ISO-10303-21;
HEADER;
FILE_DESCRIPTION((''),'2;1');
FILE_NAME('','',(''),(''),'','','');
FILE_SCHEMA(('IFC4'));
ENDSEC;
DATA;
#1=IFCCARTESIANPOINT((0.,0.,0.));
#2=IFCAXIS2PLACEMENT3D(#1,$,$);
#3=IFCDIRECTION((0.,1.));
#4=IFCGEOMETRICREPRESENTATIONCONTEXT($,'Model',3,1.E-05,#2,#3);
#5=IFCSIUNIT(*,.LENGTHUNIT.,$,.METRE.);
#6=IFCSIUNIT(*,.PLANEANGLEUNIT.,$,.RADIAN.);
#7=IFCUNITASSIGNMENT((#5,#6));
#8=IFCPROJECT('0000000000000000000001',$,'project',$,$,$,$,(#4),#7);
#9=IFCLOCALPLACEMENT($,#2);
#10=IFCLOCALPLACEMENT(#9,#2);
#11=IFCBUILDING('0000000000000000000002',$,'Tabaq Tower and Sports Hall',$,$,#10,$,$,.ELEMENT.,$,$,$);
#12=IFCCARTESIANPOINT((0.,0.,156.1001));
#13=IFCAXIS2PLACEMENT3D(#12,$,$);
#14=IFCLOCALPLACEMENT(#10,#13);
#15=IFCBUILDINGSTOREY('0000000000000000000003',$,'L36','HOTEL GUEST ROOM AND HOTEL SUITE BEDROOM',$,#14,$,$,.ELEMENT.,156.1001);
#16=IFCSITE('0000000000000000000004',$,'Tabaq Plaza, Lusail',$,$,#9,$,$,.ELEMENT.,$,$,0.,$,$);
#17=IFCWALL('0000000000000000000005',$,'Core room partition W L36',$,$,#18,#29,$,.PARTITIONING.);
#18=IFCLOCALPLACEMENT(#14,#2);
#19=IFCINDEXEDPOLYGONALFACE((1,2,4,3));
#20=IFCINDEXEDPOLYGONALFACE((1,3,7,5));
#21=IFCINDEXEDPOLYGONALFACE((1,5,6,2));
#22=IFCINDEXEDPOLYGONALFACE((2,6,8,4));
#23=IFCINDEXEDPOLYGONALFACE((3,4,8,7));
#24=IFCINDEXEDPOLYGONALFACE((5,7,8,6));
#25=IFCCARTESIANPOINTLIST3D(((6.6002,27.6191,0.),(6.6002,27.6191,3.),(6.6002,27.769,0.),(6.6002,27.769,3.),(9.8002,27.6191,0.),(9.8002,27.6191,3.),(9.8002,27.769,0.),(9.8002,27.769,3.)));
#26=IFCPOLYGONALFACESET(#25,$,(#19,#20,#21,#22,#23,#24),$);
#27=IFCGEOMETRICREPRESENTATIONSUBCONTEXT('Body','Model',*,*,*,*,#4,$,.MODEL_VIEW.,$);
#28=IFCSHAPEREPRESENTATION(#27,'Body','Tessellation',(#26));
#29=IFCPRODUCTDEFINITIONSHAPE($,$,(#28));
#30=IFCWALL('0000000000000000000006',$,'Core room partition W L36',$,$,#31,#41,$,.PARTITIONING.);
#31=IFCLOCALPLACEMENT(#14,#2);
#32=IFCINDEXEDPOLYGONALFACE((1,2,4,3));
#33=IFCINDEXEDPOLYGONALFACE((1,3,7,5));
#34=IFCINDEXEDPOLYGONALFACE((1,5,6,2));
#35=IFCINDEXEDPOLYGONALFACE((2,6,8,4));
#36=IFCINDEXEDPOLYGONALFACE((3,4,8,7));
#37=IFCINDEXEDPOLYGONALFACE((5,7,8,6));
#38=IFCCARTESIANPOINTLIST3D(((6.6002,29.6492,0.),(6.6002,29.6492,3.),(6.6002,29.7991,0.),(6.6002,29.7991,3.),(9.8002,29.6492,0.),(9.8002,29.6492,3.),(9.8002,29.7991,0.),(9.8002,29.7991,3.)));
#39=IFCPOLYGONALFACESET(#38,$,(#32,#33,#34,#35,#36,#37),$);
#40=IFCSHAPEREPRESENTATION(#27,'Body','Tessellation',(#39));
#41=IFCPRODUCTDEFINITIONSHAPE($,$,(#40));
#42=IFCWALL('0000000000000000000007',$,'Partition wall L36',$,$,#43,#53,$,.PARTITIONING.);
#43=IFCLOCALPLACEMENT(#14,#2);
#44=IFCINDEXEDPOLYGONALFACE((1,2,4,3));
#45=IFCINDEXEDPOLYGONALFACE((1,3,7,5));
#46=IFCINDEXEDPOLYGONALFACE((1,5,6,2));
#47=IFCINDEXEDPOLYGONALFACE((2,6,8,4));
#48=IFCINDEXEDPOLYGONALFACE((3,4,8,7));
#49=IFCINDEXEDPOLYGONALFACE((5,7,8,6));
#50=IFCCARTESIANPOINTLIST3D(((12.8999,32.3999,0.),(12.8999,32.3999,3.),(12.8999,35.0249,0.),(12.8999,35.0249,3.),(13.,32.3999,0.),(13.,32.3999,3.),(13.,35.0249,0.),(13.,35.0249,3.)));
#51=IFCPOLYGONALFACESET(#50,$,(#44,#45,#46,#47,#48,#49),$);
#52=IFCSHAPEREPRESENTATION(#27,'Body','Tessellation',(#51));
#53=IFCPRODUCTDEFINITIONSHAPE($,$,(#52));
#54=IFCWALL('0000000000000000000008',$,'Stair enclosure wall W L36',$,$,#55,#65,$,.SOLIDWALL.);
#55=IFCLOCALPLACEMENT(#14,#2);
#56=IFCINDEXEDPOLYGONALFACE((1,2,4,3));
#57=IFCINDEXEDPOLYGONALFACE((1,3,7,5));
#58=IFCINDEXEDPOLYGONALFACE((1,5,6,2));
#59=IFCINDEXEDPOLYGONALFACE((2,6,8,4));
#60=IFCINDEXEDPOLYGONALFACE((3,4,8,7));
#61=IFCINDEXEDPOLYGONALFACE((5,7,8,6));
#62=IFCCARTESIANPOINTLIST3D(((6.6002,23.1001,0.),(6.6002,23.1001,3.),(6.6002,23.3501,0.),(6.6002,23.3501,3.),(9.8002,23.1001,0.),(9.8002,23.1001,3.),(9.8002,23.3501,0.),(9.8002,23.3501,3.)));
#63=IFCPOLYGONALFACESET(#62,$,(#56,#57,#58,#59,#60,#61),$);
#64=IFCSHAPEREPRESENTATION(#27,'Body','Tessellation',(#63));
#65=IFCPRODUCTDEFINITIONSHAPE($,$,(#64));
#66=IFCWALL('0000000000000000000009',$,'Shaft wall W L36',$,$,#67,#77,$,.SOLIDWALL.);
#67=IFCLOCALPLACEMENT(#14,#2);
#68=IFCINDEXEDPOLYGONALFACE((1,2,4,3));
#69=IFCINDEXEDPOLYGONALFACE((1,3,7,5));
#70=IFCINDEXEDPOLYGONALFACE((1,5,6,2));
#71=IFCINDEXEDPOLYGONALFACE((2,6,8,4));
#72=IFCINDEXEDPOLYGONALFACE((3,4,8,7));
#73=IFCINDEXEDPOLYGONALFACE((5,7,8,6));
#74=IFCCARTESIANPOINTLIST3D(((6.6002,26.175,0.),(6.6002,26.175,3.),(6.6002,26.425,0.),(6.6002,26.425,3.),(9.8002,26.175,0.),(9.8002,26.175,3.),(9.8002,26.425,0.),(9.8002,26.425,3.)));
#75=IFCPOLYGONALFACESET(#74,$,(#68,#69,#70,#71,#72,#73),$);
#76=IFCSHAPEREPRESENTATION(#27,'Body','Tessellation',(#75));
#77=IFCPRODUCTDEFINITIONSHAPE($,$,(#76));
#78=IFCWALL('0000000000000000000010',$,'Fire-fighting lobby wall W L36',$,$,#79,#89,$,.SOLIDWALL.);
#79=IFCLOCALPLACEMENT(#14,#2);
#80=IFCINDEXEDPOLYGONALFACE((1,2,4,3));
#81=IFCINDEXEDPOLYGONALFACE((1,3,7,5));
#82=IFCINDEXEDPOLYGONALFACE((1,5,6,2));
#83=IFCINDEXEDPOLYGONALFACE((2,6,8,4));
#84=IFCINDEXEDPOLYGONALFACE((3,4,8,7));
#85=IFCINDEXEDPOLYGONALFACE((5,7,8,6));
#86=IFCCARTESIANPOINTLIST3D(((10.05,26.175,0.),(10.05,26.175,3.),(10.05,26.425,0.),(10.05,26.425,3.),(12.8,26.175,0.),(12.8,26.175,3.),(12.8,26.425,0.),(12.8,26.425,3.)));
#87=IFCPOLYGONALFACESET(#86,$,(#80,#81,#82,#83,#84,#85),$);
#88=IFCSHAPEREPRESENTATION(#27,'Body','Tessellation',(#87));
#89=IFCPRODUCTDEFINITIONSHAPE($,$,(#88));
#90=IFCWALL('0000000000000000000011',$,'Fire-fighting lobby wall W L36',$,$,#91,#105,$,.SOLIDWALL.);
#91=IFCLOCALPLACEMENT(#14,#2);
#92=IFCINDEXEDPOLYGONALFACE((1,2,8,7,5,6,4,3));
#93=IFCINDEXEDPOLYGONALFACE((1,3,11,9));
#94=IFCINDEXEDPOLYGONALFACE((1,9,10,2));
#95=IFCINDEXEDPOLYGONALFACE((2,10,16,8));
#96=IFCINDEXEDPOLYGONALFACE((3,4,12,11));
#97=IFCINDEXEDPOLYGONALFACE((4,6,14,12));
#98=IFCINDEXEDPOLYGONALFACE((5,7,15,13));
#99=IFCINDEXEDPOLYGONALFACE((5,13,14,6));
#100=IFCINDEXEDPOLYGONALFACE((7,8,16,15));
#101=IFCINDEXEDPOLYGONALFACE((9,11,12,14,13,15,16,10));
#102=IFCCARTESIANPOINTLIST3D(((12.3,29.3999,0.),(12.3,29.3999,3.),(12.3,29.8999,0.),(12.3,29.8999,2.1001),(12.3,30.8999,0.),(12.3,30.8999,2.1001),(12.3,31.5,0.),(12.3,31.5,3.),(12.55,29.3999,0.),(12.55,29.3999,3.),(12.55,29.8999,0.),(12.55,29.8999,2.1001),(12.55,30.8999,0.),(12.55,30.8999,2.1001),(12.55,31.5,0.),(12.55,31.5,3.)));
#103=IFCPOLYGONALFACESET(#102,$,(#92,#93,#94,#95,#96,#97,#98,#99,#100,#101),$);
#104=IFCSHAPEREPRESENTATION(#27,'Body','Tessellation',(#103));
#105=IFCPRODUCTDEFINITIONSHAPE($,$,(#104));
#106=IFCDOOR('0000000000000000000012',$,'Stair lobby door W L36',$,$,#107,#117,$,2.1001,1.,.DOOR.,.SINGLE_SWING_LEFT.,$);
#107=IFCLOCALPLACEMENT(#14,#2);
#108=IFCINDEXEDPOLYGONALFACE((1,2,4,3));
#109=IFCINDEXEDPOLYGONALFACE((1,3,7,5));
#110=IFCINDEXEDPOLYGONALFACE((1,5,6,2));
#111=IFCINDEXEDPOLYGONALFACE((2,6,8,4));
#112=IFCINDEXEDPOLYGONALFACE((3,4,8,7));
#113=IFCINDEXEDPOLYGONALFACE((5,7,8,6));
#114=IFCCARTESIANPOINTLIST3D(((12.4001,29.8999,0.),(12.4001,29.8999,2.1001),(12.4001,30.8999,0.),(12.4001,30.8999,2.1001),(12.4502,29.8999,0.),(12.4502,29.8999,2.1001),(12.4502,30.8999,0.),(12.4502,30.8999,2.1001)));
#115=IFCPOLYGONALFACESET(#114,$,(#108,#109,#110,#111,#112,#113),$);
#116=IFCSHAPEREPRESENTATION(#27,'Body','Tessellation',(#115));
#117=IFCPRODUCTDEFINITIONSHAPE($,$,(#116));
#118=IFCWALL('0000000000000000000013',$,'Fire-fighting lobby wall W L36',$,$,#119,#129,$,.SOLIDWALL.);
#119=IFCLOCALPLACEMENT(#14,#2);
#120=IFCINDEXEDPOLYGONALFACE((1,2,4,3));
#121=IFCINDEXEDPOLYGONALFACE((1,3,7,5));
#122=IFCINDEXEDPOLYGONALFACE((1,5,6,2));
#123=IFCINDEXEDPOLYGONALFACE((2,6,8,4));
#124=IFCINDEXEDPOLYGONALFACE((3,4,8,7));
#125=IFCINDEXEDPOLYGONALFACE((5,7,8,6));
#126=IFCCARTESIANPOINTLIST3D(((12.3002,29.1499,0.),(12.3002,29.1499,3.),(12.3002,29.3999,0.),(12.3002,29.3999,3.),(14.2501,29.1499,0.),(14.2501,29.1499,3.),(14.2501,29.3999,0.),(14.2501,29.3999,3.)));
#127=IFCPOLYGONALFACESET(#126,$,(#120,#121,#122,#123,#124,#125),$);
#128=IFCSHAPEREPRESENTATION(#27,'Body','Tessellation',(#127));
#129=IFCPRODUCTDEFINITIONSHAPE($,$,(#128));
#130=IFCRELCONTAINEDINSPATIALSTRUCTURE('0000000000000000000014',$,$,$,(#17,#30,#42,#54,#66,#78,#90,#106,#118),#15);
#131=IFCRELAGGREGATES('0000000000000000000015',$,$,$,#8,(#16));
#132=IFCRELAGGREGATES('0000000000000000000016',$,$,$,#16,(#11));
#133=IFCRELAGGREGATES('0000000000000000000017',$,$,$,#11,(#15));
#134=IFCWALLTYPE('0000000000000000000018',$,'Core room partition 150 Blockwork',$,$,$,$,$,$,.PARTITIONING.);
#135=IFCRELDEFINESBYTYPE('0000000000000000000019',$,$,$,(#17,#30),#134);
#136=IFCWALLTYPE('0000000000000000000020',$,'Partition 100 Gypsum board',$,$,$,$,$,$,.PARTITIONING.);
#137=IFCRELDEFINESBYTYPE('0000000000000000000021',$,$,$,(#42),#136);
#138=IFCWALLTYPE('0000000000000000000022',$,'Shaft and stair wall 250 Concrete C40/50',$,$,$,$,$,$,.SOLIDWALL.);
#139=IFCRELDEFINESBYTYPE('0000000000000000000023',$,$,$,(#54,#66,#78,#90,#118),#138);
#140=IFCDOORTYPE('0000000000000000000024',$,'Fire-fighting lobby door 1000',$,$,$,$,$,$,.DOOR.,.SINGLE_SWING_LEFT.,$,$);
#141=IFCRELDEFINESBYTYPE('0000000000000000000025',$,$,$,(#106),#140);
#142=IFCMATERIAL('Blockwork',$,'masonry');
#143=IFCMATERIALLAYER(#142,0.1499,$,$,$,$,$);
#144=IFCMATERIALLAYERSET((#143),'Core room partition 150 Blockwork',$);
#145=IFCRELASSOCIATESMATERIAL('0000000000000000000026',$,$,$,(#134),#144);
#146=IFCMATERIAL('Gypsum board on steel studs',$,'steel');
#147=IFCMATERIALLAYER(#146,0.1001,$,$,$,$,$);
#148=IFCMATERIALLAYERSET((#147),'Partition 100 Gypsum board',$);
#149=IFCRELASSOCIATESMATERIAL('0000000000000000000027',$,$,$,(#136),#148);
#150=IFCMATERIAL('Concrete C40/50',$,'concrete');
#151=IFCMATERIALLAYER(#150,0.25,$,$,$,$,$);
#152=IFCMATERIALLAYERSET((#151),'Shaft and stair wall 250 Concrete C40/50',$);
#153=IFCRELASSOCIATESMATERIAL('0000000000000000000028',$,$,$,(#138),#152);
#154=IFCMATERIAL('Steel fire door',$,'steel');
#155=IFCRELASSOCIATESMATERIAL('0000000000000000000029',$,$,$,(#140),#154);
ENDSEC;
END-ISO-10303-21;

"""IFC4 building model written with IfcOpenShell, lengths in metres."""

from ifc_helpers import new_model, si_unit, direction, frame, frame_2d, origin, place, context, subcontext, project, spatial, rectangle, extrude, material, layer, layer_set, type_object, element, fill, save


model = new_model("IFC4")

# Units and contexts
model_context = context("Model", 3, precision=1e-05, world=origin(), true_north=direction((0.0, 1.0)))
body_context = subcontext(model_context, "Body", "Model", "MODEL_VIEW")
ifc_project = project(units=[si_unit("LENGTHUNIT", "METRE"), si_unit("PLANEANGLEUNIT", "RADIAN")], contexts=[model_context])

# Site, building, storey
site_placement = place(None, origin())
site = spatial("IfcSite", under=ifc_project, at=site_placement, Name="Tabaq Plaza, Lusail", CompositionType="ELEMENT", RefElevation=0.0)
building_placement = place(site_placement, origin())
building = spatial("IfcBuilding", under=site, at=building_placement, Name="Tabaq Tower and Sports Hall", CompositionType="ELEMENT")
storey_placement = place(building_placement, frame((0.0, 0.0, 156.1001)))
storey = spatial("IfcBuildingStorey", under=building, at=storey_placement, Name="L36", Description="HOTEL GUEST ROOM AND HOTEL SUITE BEDROOM", CompositionType="ELEMENT", Elevation=156.1001)

# Walls
ifc_material_1 = material(Name="Blockwork", Category="masonry")
ifc_layer_1 = layer(ifc_material_1, 0.1499)
ifc_layer_set_1 = layer_set([ifc_layer_1], Name="Core room partition 150 Blockwork")
wall_type_1 = type_object("IfcWallType", Name="Core room partition 150 Blockwork", PredefinedType="PARTITIONING", material=ifc_layer_set_1)
for number, where, z_axis, x_axis, name in (
    (1, (6.6001, 27.6941, 0.0), (0.0, 0.0, 1.0), (1.0, 0.0, 0.0), "Core room partition W L36"),
    (2, (6.6001, 29.7241, 0.0), (0.0, 0.0, 1.0), (1.0, 0.0, 0.0), "Core room partition W L36"),
):
    element("IfcWall", number, at=place(storey_placement, frame(where, z_axis=z_axis, x_axis=x_axis)), inside=storey, type_object=wall_type_1, Name=name, PredefinedType="PARTITIONING", context=body_context, shape_type="SweptSolid", body=[
        extrude(rectangle(XDim=3.2, YDim=0.1499, at=frame_2d((1.6001, 0.0))), origin(), (0.0, 0.0, 1.0), 3.0),
    ])

# Walls
ifc_material_2 = material(Name="Gypsum board on steel studs", Category="steel")
ifc_layer_2 = layer(ifc_material_2, 0.1001)
ifc_layer_set_2 = layer_set([ifc_layer_2], Name="Partition 100 Gypsum board")
wall_type_2 = type_object("IfcWallType", Name="Partition 100 Gypsum board", PredefinedType="PARTITIONING", material=ifc_layer_set_2)
wall_1_placement = place(storey_placement, frame((12.95, 32.3999, 0.0), z_axis=(0.0, 0.0, 1.0), x_axis=(0.0, 1.0, 0.0)))
element("IfcWall", 3, at=wall_1_placement, inside=storey, type_object=wall_type_2, Name="Partition wall L36", PredefinedType="PARTITIONING", context=body_context, shape_type="SweptSolid", body=[
    extrude(rectangle(XDim=2.625, YDim=0.1001, at=frame_2d((1.3125, 0.0))), origin(), (0.0, 0.0, 1.0), 3.0),
])
ifc_material_3 = material(Name="Concrete C40/50", Category="concrete")
ifc_layer_3 = layer(ifc_material_3, 0.25)
ifc_layer_set_3 = layer_set([ifc_layer_3], Name="Shaft and stair wall 250 Concrete C40/50")
wall_type_3 = type_object("IfcWallType", Name="Shaft and stair wall 250 Concrete C40/50", PredefinedType="SOLIDWALL", material=ifc_layer_set_3)
for number, where, z_axis, x_axis, name in (
    (4, (6.6001, 23.2251, 0.0), (0.0, 0.0, 1.0), (1.0, 0.0, 0.0), "Stair enclosure wall W L36"),
    (5, (6.6001, 26.3, 0.0), (0.0, 0.0, 1.0), (1.0, 0.0, 0.0), "Shaft wall W L36"),
):
    element("IfcWall", number, at=place(storey_placement, frame(where, z_axis=z_axis, x_axis=x_axis)), inside=storey, type_object=wall_type_3, Name=name, PredefinedType="SOLIDWALL", context=body_context, shape_type="SweptSolid", body=[
        extrude(rectangle(XDim=3.2, YDim=0.25, at=frame_2d((1.6001, 0.0))), origin(), (0.0, 0.0, 1.0), 3.0),
    ])
wall_2_placement = place(storey_placement, frame((10.05, 26.3, 0.0), z_axis=(0.0, 0.0, 1.0), x_axis=(1.0, 0.0, 0.0)))
element("IfcWall", 6, at=wall_2_placement, inside=storey, type_object=wall_type_3, Name="Fire-fighting lobby wall W L36", PredefinedType="SOLIDWALL", context=body_context, shape_type="SweptSolid", body=[
    extrude(rectangle(XDim=2.75, YDim=0.25, at=frame_2d((1.375, 0.0))), origin(), (0.0, 0.0, 1.0), 3.0),
])

# Wall, opening, door
wall_3_placement = place(storey_placement, frame((12.425, 29.3999, 0.0), z_axis=(0.0, 0.0, 1.0), x_axis=(0.0, 1.0, 0.0)))
wall_3 = element("IfcWall", 7, at=wall_3_placement, inside=storey, type_object=wall_type_3, Name="Fire-fighting lobby wall W L36", PredefinedType="SOLIDWALL", context=body_context, shape_type="SweptSolid", body=[
    extrude(rectangle(XDim=2.1001, YDim=0.25, at=frame_2d((1.05, 0.0))), origin(), (0.0, 0.0, 1.0), 3.0),
])
opening_1_placement = place(wall_3_placement, frame((0.5, 0.0, 0.0)))
opening_1 = element("IfcOpeningElement", 8, at=opening_1_placement, cuts=wall_3, PredefinedType="OPENING", context=body_context, shape_type="SweptSolid", body=[
    extrude(rectangle(XDim=1.0, YDim=2.1001, at=frame_2d((0.5, 1.05))), frame((0.0, 0.125, 0.0), z_axis=(0.0, -1.0, 0.0), x_axis=(1.0, 0.0, 0.0)), (0.0, 0.0, 1.0), 0.25),
])
ifc_material_4 = material(Name="Steel fire door", Category="steel")
door_type_1 = type_object("IfcDoorType", Name="Fire-fighting lobby door 1000", OperationType="SINGLE_SWING_LEFT", PredefinedType="DOOR", material=ifc_material_4)
door_1_placement = place(opening_1_placement, origin())
door_1 = element("IfcDoor", 9, at=door_1_placement, inside=storey, type_object=door_type_1, Name="Stair lobby door W L36", OperationType="SINGLE_SWING_LEFT", OverallHeight=2.1001, OverallWidth=1.0, PredefinedType="DOOR", context=body_context, shape_type="SweptSolid", body=[
    extrude(rectangle(XDim=1.0, YDim=2.1001, at=frame_2d((0.5, 1.05))), frame((0.0, 0.0249, 0.0), z_axis=(0.0, -1.0, 0.0), x_axis=(1.0, 0.0, 0.0)), (0.0, 0.0, 1.0), 0.05),
])
fill(opening_1, door_1)

# Wall
wall_4_placement = place(storey_placement, frame((12.3, 29.2749, 0.0), z_axis=(0.0, 0.0, 1.0), x_axis=(1.0, 0.0, 0.0)))
element("IfcWall", 10, at=wall_4_placement, inside=storey, type_object=wall_type_3, Name="Fire-fighting lobby wall W L36", PredefinedType="SOLIDWALL", context=body_context, shape_type="SweptSolid", body=[
    extrude(rectangle(XDim=1.95, YDim=0.25, at=frame_2d((0.9751, 0.0))), origin(), (0.0, 0.0, 1.0), 3.0),
])

save(model, "model.ifc")
